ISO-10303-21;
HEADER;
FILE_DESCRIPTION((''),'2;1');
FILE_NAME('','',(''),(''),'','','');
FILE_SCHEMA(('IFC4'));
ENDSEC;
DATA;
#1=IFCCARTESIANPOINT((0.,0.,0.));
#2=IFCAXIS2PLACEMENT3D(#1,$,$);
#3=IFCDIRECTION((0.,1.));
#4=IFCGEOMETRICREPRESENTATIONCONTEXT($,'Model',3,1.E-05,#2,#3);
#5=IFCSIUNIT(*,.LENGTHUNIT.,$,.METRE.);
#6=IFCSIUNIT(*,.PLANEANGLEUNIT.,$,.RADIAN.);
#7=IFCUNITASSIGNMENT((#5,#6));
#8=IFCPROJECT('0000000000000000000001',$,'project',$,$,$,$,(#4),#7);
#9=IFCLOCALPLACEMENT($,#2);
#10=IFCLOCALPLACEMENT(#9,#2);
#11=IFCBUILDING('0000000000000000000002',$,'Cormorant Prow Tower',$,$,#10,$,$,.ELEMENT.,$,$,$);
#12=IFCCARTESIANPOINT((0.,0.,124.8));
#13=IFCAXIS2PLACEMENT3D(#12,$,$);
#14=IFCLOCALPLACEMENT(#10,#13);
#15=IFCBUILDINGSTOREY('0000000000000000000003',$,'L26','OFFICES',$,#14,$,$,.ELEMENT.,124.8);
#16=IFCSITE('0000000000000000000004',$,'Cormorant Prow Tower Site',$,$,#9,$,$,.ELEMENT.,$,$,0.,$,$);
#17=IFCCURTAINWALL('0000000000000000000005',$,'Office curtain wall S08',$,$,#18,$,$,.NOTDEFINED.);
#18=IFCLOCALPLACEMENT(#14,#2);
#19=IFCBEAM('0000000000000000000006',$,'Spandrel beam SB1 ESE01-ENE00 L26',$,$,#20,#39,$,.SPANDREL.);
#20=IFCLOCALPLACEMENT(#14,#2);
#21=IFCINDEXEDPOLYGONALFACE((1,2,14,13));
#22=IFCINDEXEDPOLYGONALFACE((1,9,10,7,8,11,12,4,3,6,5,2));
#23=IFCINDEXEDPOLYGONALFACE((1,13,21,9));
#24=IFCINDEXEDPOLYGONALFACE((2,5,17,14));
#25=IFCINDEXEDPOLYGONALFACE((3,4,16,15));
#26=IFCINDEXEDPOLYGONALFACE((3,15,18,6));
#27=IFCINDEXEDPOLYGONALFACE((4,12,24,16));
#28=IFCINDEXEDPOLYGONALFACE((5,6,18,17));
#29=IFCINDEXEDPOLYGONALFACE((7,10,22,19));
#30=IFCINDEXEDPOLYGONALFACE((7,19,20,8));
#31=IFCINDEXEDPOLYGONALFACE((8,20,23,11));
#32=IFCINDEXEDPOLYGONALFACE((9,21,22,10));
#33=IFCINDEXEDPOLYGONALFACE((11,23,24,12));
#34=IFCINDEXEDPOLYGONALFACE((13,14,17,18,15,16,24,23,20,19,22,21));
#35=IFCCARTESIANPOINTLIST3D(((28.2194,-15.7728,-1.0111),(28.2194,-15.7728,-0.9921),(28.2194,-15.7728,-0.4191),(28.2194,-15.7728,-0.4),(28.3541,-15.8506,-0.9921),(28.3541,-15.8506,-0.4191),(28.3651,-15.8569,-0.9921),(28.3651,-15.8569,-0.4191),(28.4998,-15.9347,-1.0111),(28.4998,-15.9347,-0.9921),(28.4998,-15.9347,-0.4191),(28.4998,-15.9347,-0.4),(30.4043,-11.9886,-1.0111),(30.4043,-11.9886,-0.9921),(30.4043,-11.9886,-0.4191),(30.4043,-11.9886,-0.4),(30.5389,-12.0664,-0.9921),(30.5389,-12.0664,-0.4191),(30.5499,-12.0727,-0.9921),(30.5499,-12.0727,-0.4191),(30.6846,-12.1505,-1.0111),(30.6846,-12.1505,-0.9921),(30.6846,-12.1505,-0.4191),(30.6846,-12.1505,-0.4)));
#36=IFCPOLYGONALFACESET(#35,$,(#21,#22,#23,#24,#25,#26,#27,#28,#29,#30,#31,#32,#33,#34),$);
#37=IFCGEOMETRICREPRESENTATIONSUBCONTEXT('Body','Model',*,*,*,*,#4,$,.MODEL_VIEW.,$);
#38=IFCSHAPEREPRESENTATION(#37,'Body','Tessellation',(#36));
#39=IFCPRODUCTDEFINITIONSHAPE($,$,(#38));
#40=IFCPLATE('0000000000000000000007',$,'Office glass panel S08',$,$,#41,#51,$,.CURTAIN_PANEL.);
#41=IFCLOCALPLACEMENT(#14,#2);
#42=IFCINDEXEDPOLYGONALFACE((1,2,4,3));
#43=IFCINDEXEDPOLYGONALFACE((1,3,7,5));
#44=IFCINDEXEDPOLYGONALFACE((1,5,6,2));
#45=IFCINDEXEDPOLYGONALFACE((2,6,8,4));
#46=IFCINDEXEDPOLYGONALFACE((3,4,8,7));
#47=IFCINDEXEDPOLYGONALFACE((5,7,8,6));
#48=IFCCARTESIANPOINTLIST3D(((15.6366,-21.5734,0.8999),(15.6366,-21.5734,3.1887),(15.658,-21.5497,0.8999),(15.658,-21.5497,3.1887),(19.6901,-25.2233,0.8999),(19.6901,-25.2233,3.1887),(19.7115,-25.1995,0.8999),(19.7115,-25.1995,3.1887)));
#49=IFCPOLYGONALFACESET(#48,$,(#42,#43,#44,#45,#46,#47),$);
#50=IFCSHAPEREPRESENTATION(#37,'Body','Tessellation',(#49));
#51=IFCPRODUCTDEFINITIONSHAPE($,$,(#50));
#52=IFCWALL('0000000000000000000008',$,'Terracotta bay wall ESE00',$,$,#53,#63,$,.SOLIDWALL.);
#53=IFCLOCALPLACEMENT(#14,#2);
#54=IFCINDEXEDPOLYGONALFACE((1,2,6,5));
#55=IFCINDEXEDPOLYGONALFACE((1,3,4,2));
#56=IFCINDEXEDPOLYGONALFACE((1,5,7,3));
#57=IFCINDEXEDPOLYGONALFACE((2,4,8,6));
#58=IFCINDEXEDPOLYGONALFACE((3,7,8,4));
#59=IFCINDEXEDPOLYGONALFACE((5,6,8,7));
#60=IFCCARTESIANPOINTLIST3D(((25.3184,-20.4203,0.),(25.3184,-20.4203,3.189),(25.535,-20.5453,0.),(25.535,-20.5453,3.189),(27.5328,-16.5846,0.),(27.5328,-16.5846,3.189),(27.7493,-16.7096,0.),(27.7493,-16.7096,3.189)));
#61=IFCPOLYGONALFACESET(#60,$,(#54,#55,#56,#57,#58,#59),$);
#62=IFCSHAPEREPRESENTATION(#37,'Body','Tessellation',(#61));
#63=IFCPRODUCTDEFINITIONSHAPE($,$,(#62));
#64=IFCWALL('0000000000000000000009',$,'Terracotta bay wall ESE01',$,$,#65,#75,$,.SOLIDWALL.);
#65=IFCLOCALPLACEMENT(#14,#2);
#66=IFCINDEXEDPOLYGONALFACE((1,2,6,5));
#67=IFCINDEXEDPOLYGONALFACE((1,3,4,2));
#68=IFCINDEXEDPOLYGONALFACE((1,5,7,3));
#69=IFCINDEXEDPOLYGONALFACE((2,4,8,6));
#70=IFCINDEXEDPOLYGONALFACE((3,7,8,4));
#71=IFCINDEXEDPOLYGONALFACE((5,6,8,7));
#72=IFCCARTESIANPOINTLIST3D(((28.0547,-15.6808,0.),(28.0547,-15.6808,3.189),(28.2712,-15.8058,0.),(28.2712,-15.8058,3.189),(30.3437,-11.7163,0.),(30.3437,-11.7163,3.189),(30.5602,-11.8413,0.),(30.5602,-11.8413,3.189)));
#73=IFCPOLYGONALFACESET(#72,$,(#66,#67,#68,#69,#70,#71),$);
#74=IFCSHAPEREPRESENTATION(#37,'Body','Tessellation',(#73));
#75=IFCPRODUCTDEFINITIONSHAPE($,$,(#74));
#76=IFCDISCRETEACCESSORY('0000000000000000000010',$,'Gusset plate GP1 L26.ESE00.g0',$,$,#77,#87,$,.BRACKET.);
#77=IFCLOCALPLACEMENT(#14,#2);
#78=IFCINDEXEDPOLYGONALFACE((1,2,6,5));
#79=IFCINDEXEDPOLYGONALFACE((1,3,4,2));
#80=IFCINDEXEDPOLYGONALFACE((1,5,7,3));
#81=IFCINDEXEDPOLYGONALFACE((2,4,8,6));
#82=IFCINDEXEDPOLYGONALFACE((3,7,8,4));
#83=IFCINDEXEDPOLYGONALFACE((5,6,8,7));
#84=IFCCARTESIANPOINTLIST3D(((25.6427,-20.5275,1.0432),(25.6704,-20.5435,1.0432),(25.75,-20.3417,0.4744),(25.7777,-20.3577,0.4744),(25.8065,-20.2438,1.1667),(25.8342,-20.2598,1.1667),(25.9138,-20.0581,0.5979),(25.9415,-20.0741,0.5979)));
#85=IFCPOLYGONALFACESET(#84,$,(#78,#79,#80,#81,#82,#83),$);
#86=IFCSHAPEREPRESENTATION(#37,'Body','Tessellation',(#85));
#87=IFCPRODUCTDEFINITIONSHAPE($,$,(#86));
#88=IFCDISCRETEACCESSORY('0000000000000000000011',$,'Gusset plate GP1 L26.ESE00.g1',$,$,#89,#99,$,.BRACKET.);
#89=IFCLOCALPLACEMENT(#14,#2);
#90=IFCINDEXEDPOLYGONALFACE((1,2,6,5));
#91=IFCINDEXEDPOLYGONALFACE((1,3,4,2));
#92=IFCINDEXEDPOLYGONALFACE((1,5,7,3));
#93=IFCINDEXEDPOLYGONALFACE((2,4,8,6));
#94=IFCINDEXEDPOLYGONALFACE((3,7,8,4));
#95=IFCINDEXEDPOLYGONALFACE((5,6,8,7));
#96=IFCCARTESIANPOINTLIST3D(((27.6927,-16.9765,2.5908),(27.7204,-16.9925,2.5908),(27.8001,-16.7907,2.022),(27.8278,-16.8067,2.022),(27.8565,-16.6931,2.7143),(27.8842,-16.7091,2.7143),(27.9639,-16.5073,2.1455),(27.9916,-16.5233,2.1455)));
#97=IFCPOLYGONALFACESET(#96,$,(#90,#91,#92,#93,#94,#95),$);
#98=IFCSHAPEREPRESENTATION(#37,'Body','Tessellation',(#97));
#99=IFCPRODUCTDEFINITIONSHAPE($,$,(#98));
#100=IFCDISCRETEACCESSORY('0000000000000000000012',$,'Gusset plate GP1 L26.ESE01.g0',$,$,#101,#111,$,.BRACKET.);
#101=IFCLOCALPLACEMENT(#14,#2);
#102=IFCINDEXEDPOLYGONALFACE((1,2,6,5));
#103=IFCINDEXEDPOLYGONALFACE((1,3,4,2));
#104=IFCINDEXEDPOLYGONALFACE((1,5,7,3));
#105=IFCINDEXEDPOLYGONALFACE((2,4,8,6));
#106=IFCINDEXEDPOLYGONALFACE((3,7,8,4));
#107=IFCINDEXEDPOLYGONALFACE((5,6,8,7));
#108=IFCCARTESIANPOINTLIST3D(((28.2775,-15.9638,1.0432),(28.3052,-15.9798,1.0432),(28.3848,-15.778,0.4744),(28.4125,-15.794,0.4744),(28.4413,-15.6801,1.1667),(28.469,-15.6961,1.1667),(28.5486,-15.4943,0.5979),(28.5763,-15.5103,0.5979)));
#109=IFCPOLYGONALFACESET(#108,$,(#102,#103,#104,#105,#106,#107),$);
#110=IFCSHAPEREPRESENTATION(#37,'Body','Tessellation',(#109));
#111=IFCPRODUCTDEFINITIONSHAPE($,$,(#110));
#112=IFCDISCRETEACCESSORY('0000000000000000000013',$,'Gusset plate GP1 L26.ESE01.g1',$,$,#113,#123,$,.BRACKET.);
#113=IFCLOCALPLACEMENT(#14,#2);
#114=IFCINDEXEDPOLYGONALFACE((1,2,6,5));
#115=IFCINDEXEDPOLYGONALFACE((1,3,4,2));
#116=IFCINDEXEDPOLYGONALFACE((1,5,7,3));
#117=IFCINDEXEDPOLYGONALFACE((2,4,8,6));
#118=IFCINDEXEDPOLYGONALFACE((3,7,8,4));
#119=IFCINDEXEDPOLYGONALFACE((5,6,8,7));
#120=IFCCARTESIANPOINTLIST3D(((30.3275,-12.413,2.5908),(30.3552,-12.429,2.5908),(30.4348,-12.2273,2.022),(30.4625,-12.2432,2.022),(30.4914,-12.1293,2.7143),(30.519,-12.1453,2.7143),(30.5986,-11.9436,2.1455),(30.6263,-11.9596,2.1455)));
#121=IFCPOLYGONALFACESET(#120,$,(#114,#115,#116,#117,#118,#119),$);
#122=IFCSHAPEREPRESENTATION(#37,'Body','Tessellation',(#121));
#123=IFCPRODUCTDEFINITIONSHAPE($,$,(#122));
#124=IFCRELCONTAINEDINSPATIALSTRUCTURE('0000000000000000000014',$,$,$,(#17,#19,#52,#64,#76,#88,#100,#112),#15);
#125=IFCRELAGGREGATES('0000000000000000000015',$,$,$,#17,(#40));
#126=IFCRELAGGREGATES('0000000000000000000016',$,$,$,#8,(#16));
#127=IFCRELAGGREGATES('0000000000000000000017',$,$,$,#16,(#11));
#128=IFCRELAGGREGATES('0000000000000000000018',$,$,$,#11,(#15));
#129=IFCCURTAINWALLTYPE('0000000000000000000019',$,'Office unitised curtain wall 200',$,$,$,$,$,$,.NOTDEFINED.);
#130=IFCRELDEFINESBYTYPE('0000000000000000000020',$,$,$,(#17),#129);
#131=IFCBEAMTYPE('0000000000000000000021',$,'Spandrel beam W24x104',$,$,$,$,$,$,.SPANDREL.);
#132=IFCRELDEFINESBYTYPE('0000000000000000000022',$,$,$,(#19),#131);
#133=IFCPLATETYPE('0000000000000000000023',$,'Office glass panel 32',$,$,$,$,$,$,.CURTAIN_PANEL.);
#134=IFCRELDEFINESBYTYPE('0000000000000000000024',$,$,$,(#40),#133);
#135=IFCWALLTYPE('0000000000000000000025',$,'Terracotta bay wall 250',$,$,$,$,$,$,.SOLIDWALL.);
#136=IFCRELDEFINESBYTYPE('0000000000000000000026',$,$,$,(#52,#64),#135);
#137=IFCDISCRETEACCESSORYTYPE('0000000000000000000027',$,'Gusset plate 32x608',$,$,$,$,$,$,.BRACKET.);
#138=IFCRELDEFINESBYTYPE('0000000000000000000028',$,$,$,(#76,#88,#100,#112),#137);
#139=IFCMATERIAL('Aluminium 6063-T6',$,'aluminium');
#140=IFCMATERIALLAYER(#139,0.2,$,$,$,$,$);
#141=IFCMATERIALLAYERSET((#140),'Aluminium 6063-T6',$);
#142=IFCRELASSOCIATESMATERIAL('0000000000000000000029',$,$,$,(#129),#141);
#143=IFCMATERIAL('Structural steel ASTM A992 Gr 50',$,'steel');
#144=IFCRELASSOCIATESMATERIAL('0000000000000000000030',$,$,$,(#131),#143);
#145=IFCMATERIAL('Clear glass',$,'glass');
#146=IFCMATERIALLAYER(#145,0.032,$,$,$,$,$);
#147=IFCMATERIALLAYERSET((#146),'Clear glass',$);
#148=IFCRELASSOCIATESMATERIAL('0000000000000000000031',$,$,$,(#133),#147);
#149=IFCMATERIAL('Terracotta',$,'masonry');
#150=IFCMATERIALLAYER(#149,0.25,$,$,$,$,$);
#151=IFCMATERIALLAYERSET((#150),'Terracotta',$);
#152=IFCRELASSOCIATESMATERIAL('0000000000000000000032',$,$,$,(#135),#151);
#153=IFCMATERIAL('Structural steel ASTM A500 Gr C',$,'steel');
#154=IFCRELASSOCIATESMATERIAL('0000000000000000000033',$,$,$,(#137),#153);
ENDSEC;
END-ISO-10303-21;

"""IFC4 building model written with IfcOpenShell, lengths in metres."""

from ifc_helpers import new_model, si_unit, direction, frame, frame_2d, origin, origin_2d, place, context, subcontext, project, spatial, rectangle, i_section, extrude, material, layer, layer_set, material_profile, profile_set, type_object, element, aggregate, save


model = new_model("IFC4")

# Units and contexts
model_context = context("Model", 3, precision=1e-05, world=origin(), true_north=direction((0.0, 1.0)))
body_context = subcontext(model_context, "Body", "Model", "MODEL_VIEW")
ifc_project = project(units=[si_unit("LENGTHUNIT", "METRE"), si_unit("PLANEANGLEUNIT", "RADIAN")], contexts=[model_context])

# Site, building, storey
site_placement = place(None, origin())
site = spatial("IfcSite", under=ifc_project, at=site_placement, Name="Cormorant Prow Tower Site", CompositionType="ELEMENT", RefElevation=0.0)
building_placement = place(site_placement, origin())
building = spatial("IfcBuilding", under=site, at=building_placement, Name="Cormorant Prow Tower", CompositionType="ELEMENT")
storey_placement = place(building_placement, frame((0.0, 0.0, 124.8)))
storey = spatial("IfcBuildingStorey", under=building, at=storey_placement, Name="L26", Description="OFFICES", CompositionType="ELEMENT", Elevation=124.8)

# Curtain wall
ifc_material_1 = material(Name="Aluminium 6063-T6", Category="aluminium")
ifc_layer_1 = layer(ifc_material_1, 0.2)
ifc_layer_set_1 = layer_set([ifc_layer_1], Name="Aluminium 6063-T6")
curtain_wall_type = type_object("IfcCurtainWallType", Name="Office unitised curtain wall 200", PredefinedType="NOTDEFINED", material=ifc_layer_set_1)
curtain_wall_placement = place(storey_placement, origin())
curtain_wall = element("IfcCurtainWall", 1, at=curtain_wall_placement, inside=storey, type_object=curtain_wall_type, Name="Office curtain wall S08", PredefinedType="NOTDEFINED")

# Beam
ifc_material_2 = material(Name="Structural steel ASTM A992 Gr 50", Category="steel")
ifc_material_profile_1 = material_profile(ifc_material_2, i_section(OverallWidth=0.3237, OverallDepth=0.6111, WebThickness=0.0127, FlangeThickness=0.019, at=origin_2d()), Name="W24x104")
ifc_profile_set_1 = profile_set([ifc_material_profile_1], Name="Structural steel ASTM A992 Gr 50")
beam_type = type_object("IfcBeamType", Name="Spandrel beam W24x104", PredefinedType="SPANDREL", material=ifc_profile_set_1)
for number, where, z_axis, x_axis, name in (
    (2, (28.3596, -15.8538, -0.7056), (0.500003, 0.866024, 0.0), (-0.866024, 0.500003, 0.0), "Spandrel beam SB1 ESE01-ENE00 L26"),
):
    element("IfcBeam", number, at=place(storey_placement, frame(where, z_axis=z_axis, x_axis=x_axis)), inside=storey, type_object=beam_type, Name=name, PredefinedType="SPANDREL", context=body_context, shape_type="SweptSolid", body=[
        extrude(i_section(OverallWidth=0.3237, OverallDepth=0.6111, WebThickness=0.0127, FlangeThickness=0.019, at=origin_2d()), origin(), (0.0, 0.0, 1.0), 4.3696),
    ])

# Plate
ifc_material_3 = material(Name="Clear glass", Category="glass")
ifc_layer_2 = layer(ifc_material_3, 0.032)
ifc_layer_set_2 = layer_set([ifc_layer_2], Name="Clear glass")
plate_type = type_object("IfcPlateType", Name="Office glass panel 32", PredefinedType="CURTAIN_PANEL", material=ifc_layer_set_2)
plate_placement = place(storey_placement, frame((17.6741, -23.3865, 0.8999), z_axis=(0.0, 0.0, 1.0), x_axis=(0.743145, -0.669131, 0.0)))
plate = element("IfcPlate", 3, at=plate_placement, type_object=plate_type, Name="Office glass panel S08", PredefinedType="CURTAIN_PANEL", context=body_context, shape_type="SweptSolid", body=[
    extrude(rectangle(XDim=5.4546, YDim=0.032, at=origin_2d()), origin(), (0.0, 0.0, 1.0), 2.2888),
])
aggregate(curtain_wall, [plate])

# Walls
ifc_material_4 = material(Name="Terracotta", Category="masonry")
ifc_layer_3 = layer(ifc_material_4, 0.25)
ifc_layer_set_3 = layer_set([ifc_layer_3], Name="Terracotta")
wall_type_1 = type_object("IfcWallType", Name="Terracotta bay wall 250", PredefinedType="SOLIDWALL", material=ifc_layer_set_3)
wall_1_placement = place(storey_placement, frame((25.4268, -20.4827, 0.0), z_axis=(0.0, 0.0, 1.0), x_axis=(0.499969, 0.866043, 0.0)))
element("IfcWall", 4, at=wall_1_placement, inside=storey, type_object=wall_type_1, Name="Terracotta bay wall ESE00", PredefinedType="SOLIDWALL", context=body_context, shape_type="SweptSolid", body=[
    extrude(rectangle(XDim=4.429, YDim=0.25, at=frame_2d((2.2144, 0.0))), origin(), (0.0, 0.0, 1.0), 3.189),
])
wall_2_placement = place(storey_placement, frame((28.1628, -15.7434, 0.0), z_axis=(0.0, 0.0, 1.0), x_axis=(0.500016, 0.866016, 0.0)))
element("IfcWall", 5, at=wall_2_placement, inside=storey, type_object=wall_type_1, Name="Terracotta bay wall ESE01", PredefinedType="SOLIDWALL", context=body_context, shape_type="SweptSolid", body=[
    extrude(rectangle(XDim=4.5779, YDim=0.25, at=frame_2d((2.2891, 0.0))), origin(), (0.0, 0.0, 1.0), 3.189),
])

# Discrete accessories
ifc_material_5 = material(Name="Structural steel ASTM A500 Gr C", Category="steel")
ifc_material_profile_2 = material_profile(ifc_material_5, rectangle(XDim=0.032, YDim=0.6079, at=origin_2d()), Name="Gusset plate 32x608")
ifc_profile_set_2 = profile_set([ifc_material_profile_2], Name="Structural steel ASTM A500 Gr C")
discrete_accessory_type = type_object("IfcDiscreteAccessoryType", Name="Gusset plate 32x608", PredefinedType="BRACKET", material=ifc_profile_set_2)
discrete_accessory_1_placement = place(storey_placement, frame((25.874, -20.1589, 0.8823), z_axis=(-0.467903, -0.810288, -0.352845), x_axis=(0.865987, -0.500067, 0.0)))
element("IfcDiscreteAccessory", 6, at=discrete_accessory_1_placement, inside=storey, type_object=discrete_accessory_type, Name="Gusset plate GP1 L26.ESE00.g0", PredefinedType="BRACKET", context=body_context, shape_type="SweptSolid", body=[
    extrude(rectangle(XDim=0.032, YDim=0.6079, at=origin_2d()), origin(), (0.0, 0.0, 1.0), 0.3501),
])
discrete_accessory_2_placement = place(storey_placement, frame((27.7603, -16.8916, 2.3064), z_axis=(0.468168, 0.810049, 0.353044), x_axis=(-0.8658, 0.500389, 0.0)))
element("IfcDiscreteAccessory", 7, at=discrete_accessory_2_placement, inside=storey, type_object=discrete_accessory_type, Name="Gusset plate GP1 L26.ESE00.g1", PredefinedType="BRACKET", context=body_context, shape_type="SweptSolid", body=[
    extrude(rectangle(XDim=0.032, YDim=0.6079, at=origin_2d()), origin(), (0.0, 0.0, 1.0), 0.3499),
])
for number, where, z_axis, x_axis, name in (
    (8, (28.5088, -15.5952, 0.8823), (-0.467903, -0.810288, -0.352845), (0.865987, -0.500067, 0.0), "Gusset plate GP1 L26.ESE01.g0"),
    (9, (30.395, -12.3281, 2.3064), (0.467903, 0.810288, 0.352845), (-0.865987, 0.500067, 0.0), "Gusset plate GP1 L26.ESE01.g1"),
):
    element("IfcDiscreteAccessory", number, at=place(storey_placement, frame(where, z_axis=z_axis, x_axis=x_axis)), inside=storey, type_object=discrete_accessory_type, Name=name, PredefinedType="BRACKET", context=body_context, shape_type="SweptSolid", body=[
        extrude(rectangle(XDim=0.032, YDim=0.6079, at=origin_2d()), origin(), (0.0, 0.0, 1.0), 0.3501),
    ])

save(model, "model.ifc")
